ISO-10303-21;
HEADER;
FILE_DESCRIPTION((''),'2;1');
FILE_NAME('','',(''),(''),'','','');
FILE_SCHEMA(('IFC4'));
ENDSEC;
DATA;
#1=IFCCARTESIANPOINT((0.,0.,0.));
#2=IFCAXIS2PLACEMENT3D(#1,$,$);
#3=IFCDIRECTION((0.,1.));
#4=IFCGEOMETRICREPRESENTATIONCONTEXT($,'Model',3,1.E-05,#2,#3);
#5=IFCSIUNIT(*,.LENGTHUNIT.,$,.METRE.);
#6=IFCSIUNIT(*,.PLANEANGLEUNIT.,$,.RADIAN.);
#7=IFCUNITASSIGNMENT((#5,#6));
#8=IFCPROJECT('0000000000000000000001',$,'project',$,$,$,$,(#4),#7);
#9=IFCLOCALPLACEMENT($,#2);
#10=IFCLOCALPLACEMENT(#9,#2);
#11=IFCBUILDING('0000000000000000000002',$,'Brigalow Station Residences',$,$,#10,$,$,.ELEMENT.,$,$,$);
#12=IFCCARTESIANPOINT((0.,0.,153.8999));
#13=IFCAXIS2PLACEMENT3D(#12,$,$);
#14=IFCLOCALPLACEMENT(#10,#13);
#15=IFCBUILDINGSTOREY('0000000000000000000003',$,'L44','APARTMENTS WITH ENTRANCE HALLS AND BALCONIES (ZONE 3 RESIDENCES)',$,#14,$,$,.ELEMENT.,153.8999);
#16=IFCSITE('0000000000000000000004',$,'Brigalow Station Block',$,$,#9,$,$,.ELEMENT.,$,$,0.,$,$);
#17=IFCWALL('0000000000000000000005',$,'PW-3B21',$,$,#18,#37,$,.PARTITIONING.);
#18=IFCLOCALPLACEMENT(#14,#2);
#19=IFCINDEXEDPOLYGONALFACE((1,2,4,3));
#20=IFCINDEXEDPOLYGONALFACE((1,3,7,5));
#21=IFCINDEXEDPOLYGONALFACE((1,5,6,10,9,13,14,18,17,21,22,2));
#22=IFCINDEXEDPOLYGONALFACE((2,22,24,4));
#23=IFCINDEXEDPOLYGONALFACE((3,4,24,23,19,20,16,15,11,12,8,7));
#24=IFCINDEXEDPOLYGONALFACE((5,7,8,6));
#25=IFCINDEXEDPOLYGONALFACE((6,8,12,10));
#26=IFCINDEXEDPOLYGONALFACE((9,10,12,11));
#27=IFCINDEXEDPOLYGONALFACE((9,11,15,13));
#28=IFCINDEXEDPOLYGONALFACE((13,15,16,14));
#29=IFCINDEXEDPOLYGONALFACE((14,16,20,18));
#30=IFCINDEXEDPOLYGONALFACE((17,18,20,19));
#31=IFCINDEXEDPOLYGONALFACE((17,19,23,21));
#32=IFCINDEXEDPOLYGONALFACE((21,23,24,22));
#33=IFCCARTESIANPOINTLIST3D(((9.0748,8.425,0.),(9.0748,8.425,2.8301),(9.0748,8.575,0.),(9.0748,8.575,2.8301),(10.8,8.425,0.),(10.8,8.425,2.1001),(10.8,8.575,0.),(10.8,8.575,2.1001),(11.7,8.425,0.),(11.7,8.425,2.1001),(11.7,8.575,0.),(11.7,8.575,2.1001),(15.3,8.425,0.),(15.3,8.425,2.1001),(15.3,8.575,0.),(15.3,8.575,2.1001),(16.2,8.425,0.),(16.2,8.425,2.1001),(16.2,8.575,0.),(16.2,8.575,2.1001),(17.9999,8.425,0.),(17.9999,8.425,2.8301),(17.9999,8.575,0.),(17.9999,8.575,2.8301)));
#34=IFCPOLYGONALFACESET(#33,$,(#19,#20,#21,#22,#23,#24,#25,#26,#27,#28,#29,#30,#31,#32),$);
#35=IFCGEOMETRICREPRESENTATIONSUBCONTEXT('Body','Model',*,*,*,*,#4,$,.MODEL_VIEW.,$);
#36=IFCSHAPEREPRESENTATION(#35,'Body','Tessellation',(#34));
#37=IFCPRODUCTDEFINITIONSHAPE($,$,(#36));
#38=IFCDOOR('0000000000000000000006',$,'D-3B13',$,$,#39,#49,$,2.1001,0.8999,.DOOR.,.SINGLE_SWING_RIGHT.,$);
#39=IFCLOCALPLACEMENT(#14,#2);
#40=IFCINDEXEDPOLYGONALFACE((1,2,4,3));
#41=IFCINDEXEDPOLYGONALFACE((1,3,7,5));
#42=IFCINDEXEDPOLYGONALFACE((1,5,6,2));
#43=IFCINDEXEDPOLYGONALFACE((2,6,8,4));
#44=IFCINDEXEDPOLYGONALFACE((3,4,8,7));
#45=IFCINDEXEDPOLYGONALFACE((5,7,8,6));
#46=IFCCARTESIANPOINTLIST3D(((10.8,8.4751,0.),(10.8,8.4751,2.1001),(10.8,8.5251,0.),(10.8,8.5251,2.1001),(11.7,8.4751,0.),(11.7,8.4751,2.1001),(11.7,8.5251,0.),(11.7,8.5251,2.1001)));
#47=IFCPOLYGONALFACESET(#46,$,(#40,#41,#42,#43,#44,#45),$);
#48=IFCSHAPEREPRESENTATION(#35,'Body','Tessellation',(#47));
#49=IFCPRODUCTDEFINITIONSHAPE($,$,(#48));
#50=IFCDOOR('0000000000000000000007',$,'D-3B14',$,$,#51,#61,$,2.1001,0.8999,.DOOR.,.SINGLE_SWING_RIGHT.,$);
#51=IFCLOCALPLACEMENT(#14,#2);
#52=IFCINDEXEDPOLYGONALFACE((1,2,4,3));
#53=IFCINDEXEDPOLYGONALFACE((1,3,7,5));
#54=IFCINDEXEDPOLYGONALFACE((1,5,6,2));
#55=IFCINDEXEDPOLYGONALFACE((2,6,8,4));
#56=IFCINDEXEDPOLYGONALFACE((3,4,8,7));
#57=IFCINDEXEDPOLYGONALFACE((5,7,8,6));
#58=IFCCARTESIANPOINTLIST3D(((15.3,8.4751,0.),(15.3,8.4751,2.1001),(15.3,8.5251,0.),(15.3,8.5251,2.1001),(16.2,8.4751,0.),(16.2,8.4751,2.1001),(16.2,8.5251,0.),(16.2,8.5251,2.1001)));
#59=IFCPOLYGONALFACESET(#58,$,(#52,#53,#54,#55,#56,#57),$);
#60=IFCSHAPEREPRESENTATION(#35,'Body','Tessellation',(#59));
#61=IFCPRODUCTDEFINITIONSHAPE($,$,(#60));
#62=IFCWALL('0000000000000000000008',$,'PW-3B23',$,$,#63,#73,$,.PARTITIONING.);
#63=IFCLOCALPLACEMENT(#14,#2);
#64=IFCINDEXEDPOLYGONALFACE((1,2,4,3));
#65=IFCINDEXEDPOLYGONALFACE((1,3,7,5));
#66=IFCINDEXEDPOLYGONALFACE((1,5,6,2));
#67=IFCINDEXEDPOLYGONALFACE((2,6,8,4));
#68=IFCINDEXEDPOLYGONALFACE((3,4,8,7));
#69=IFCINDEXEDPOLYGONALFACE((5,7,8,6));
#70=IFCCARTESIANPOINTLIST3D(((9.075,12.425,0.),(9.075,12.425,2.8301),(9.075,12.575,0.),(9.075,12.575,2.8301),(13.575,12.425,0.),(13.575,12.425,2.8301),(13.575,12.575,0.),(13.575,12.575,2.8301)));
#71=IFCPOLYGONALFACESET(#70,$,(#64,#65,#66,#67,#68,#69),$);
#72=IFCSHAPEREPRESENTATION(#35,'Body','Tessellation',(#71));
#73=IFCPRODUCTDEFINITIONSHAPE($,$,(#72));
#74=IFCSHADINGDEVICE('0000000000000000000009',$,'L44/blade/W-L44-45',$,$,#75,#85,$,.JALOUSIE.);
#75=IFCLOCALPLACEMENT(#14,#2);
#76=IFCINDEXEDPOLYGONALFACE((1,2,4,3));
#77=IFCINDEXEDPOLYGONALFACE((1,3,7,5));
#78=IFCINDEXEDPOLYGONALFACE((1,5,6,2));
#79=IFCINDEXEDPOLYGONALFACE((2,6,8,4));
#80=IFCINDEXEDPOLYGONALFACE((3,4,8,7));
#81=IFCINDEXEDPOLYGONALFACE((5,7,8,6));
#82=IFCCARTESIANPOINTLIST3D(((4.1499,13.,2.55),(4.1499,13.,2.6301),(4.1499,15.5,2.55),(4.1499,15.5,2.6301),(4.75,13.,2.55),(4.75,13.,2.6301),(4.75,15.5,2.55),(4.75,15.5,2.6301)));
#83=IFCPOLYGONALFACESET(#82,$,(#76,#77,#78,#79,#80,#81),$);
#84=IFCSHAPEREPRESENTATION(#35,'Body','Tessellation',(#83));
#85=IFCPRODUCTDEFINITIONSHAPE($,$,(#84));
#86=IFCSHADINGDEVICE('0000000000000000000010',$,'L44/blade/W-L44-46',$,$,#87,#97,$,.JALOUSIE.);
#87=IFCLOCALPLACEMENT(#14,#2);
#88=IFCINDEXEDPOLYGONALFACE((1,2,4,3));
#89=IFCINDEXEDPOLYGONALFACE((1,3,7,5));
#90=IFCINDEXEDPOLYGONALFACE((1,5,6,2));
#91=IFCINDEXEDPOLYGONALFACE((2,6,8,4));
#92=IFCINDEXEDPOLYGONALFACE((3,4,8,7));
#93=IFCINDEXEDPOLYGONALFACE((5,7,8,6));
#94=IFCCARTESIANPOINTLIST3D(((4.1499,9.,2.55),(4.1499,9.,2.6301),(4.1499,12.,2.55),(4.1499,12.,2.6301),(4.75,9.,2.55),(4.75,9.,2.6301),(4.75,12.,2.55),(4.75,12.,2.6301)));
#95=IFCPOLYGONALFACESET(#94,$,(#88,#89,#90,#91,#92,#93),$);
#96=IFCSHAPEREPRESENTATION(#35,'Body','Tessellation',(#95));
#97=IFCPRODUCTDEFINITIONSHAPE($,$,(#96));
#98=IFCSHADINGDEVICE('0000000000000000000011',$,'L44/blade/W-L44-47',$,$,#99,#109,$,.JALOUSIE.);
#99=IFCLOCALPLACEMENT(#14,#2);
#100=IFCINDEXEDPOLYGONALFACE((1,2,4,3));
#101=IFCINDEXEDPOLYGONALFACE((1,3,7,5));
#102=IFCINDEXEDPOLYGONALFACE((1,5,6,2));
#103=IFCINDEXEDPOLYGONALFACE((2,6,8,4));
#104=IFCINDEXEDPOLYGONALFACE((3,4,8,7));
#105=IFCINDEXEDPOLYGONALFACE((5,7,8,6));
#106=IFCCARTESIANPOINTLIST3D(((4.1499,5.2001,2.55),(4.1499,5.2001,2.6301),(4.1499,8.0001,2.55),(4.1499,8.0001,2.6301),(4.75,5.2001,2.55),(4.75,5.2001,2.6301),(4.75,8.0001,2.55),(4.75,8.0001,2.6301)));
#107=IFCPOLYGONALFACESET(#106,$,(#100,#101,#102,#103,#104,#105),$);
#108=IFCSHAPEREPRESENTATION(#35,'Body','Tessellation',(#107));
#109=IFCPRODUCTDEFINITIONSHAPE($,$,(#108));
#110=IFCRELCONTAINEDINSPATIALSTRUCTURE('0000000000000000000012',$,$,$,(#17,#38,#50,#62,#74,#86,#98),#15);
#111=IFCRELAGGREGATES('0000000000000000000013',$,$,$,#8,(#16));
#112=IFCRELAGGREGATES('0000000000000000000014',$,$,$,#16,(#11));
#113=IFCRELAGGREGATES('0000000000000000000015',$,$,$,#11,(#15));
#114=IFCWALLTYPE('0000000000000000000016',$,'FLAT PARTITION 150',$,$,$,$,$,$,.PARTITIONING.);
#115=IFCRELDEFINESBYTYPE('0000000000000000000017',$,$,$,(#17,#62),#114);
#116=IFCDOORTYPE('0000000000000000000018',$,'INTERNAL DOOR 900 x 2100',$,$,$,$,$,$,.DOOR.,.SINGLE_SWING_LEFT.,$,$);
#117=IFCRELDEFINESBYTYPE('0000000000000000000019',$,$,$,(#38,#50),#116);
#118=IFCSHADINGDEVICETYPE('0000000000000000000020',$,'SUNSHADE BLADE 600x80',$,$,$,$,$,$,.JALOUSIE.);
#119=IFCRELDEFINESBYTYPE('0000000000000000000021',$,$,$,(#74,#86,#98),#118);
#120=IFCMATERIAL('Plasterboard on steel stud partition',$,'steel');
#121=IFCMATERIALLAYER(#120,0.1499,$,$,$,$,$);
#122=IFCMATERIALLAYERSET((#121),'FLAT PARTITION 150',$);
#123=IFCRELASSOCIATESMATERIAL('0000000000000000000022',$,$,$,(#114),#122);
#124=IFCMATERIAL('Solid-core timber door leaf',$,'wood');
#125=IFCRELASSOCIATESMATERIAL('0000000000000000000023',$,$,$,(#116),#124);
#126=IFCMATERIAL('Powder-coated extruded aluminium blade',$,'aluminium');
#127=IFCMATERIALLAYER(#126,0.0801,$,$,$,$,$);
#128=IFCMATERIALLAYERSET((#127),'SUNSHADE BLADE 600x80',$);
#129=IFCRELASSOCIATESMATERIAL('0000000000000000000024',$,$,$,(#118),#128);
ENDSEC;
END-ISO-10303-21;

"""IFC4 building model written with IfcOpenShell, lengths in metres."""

from ifc_helpers import new_model, si_unit, direction, frame, frame_2d, origin, origin_2d, place, context, subcontext, project, spatial, rectangle, extrude, material, layer, layer_set, type_object, element, fill, save


model = new_model("IFC4")

# Units and contexts
model_context = context("Model", 3, precision=1e-05, world=origin(), true_north=direction((0.0, 1.0)))
body_context = subcontext(model_context, "Body", "Model", "MODEL_VIEW")
ifc_project = project(units=[si_unit("LENGTHUNIT", "METRE"), si_unit("PLANEANGLEUNIT", "RADIAN")], contexts=[model_context])

# Site, building, storey
site_placement = place(None, origin())
site = spatial("IfcSite", under=ifc_project, at=site_placement, Name="Brigalow Station Block", CompositionType="ELEMENT", RefElevation=0.0)
building_placement = place(site_placement, origin())
building = spatial("IfcBuilding", under=site, at=building_placement, Name="Brigalow Station Residences", CompositionType="ELEMENT")
storey_placement = place(building_placement, frame((0.0, 0.0, 153.8999)))
storey = spatial("IfcBuildingStorey", under=building, at=storey_placement, Name="L44", Description="APARTMENTS WITH ENTRANCE HALLS AND BALCONIES (ZONE 3 RESIDENCES)", CompositionType="ELEMENT", Elevation=153.8999)

# Shared definitions
ifc_material_1 = material(Name="Plasterboard on steel stud partition", Category="steel")
ifc_layer_1 = layer(ifc_material_1, 0.1499)
ifc_layer_set_1 = layer_set([ifc_layer_1], Name="FLAT PARTITION 150")
wall_type_1 = type_object("IfcWallType", Name="FLAT PARTITION 150", PredefinedType="PARTITIONING", material=ifc_layer_set_1)

# Wall, openings, doors
wall_1_placement = place(storey_placement, frame((9.075, 8.5, 0.0), z_axis=(0.0, 0.0, 1.0), x_axis=(1.0, 0.0, 0.0)))
wall_1 = element("IfcWall", 1, at=wall_1_placement, inside=storey, type_object=wall_type_1, Name="PW-3B21", PredefinedType="PARTITIONING", context=body_context, shape_type="SweptSolid", body=[
    extrude(rectangle(XDim=8.925, YDim=0.1499, at=frame_2d((4.4624, 0.0))), origin(), (0.0, 0.0, 1.0), 2.8301),
])
opening_1_placement = place(wall_1_placement, frame((1.7251, 0.0, 0.0)))
opening_1 = element("IfcOpeningElement", 2, at=opening_1_placement, cuts=wall_1, PredefinedType="OPENING", context=body_context, shape_type="SweptSolid", body=[
    extrude(rectangle(XDim=0.8999, YDim=2.1001, at=frame_2d((0.45, 1.05))), frame((0.0, 0.085, 0.0), z_axis=(0.0, -1.0, 0.0), x_axis=(1.0, 0.0, 0.0)), (0.0, 0.0, 1.0), 0.1699),
])
opening_2_placement = place(wall_1_placement, frame((6.2251, 0.0, 0.0)))
opening_2 = element("IfcOpeningElement", 3, at=opening_2_placement, cuts=wall_1, PredefinedType="OPENING", context=body_context, shape_type="SweptSolid", body=[
    extrude(rectangle(XDim=0.8999, YDim=2.1001, at=frame_2d((0.45, 1.05))), frame((0.0, 0.085, 0.0), z_axis=(0.0, -1.0, 0.0), x_axis=(1.0, 0.0, 0.0)), (0.0, 0.0, 1.0), 0.1699),
])
ifc_material_2 = material(Name="Solid-core timber door leaf", Category="wood")
door_type_1 = type_object("IfcDoorType", Name="INTERNAL DOOR 900 x 2100", OperationType="SINGLE_SWING_LEFT", PredefinedType="DOOR", material=ifc_material_2)
door_1_placement = place(opening_1_placement, frame((0.8999, 0.0, 0.0), z_axis=(0.0, 0.0, 1.0), x_axis=(-1.0, 0.0, 0.0)))
door_1 = element("IfcDoor", 4, at=door_1_placement, inside=storey, type_object=door_type_1, Name="D-3B13", OperationType="SINGLE_SWING_RIGHT", OverallHeight=2.1001, OverallWidth=0.8999, PredefinedType="DOOR", context=body_context, shape_type="SweptSolid", body=[
    extrude(rectangle(XDim=0.8999, YDim=2.1001, at=frame_2d((0.45, 1.05))), frame((0.0, 0.0249, 0.0), z_axis=(0.0, -1.0, 0.0), x_axis=(1.0, 0.0, 0.0)), (0.0, 0.0, 1.0), 0.05),
])
fill(opening_1, door_1)
door_2_placement = place(opening_2_placement, frame((0.8999, 0.0, 0.0), z_axis=(0.0, 0.0, 1.0), x_axis=(-1.0, 0.0, 0.0)))
door_2 = element("IfcDoor", 5, at=door_2_placement, inside=storey, type_object=door_type_1, Name="D-3B14", OperationType="SINGLE_SWING_RIGHT", OverallHeight=2.1001, OverallWidth=0.8999, PredefinedType="DOOR", context=body_context, shape_type="SweptSolid", body=[
    extrude(rectangle(XDim=0.8999, YDim=2.1001, at=frame_2d((0.45, 1.05))), frame((0.0, 0.0249, 0.0), z_axis=(0.0, -1.0, 0.0), x_axis=(1.0, 0.0, 0.0)), (0.0, 0.0, 1.0), 0.05),
])
fill(opening_2, door_2)

# Wall
wall_2_placement = place(storey_placement, frame((9.075, 12.5, 0.0), z_axis=(0.0, 0.0, 1.0), x_axis=(1.0, 0.0, 0.0)))
element("IfcWall", 6, at=wall_2_placement, inside=storey, type_object=wall_type_1, Name="PW-3B23", PredefinedType="PARTITIONING", context=body_context, shape_type="SweptSolid", body=[
    extrude(rectangle(XDim=4.5, YDim=0.1499, at=frame_2d((2.25, 0.0))), origin(), (0.0, 0.0, 1.0), 2.8301),
])

# Shading devices
ifc_material_3 = material(Name="Powder-coated extruded aluminium blade", Category="aluminium")
ifc_layer_2 = layer(ifc_material_3, 0.0801)
ifc_layer_set_2 = layer_set([ifc_layer_2], Name="SUNSHADE BLADE 600x80")
shading_device_type = type_object("IfcShadingDeviceType", Name="SUNSHADE BLADE 600x80", PredefinedType="JALOUSIE", material=ifc_layer_set_2)
shading_device_1_placement = place(storey_placement, frame((4.45, 14.25, 2.55), z_axis=(0.0, 0.0, 1.0), x_axis=(0.0, -1.0, 0.0)))
element("IfcShadingDevice", 7, at=shading_device_1_placement, inside=storey, type_object=shading_device_type, Name="L44/blade/W-L44-45", PredefinedType="JALOUSIE", context=body_context, shape_type="SweptSolid", body=[
    extrude(rectangle(XDim=2.5, YDim=0.6001, at=origin_2d()), origin(), (0.0, 0.0, 1.0), 0.0801),
])
shading_device_2_placement = place(storey_placement, frame((4.45, 10.5, 2.55), z_axis=(0.0, 0.0, 1.0), x_axis=(0.0, -1.0, 0.0)))
element("IfcShadingDevice", 8, at=shading_device_2_placement, inside=storey, type_object=shading_device_type, Name="L44/blade/W-L44-46", PredefinedType="JALOUSIE", context=body_context, shape_type="SweptSolid", body=[
    extrude(rectangle(XDim=3.0, YDim=0.6001, at=origin_2d()), origin(), (0.0, 0.0, 1.0), 0.0801),
])
shading_device_3_placement = place(storey_placement, frame((4.45, 6.6001, 2.55), z_axis=(0.0, 0.0, 1.0), x_axis=(0.0, -1.0, 0.0)))
element("IfcShadingDevice", 9, at=shading_device_3_placement, inside=storey, type_object=shading_device_type, Name="L44/blade/W-L44-47", PredefinedType="JALOUSIE", context=body_context, shape_type="SweptSolid", body=[
    extrude(rectangle(XDim=2.8, YDim=0.6001, at=origin_2d()), origin(), (0.0, 0.0, 1.0), 0.0801),
])

save(model, "model.ifc")
